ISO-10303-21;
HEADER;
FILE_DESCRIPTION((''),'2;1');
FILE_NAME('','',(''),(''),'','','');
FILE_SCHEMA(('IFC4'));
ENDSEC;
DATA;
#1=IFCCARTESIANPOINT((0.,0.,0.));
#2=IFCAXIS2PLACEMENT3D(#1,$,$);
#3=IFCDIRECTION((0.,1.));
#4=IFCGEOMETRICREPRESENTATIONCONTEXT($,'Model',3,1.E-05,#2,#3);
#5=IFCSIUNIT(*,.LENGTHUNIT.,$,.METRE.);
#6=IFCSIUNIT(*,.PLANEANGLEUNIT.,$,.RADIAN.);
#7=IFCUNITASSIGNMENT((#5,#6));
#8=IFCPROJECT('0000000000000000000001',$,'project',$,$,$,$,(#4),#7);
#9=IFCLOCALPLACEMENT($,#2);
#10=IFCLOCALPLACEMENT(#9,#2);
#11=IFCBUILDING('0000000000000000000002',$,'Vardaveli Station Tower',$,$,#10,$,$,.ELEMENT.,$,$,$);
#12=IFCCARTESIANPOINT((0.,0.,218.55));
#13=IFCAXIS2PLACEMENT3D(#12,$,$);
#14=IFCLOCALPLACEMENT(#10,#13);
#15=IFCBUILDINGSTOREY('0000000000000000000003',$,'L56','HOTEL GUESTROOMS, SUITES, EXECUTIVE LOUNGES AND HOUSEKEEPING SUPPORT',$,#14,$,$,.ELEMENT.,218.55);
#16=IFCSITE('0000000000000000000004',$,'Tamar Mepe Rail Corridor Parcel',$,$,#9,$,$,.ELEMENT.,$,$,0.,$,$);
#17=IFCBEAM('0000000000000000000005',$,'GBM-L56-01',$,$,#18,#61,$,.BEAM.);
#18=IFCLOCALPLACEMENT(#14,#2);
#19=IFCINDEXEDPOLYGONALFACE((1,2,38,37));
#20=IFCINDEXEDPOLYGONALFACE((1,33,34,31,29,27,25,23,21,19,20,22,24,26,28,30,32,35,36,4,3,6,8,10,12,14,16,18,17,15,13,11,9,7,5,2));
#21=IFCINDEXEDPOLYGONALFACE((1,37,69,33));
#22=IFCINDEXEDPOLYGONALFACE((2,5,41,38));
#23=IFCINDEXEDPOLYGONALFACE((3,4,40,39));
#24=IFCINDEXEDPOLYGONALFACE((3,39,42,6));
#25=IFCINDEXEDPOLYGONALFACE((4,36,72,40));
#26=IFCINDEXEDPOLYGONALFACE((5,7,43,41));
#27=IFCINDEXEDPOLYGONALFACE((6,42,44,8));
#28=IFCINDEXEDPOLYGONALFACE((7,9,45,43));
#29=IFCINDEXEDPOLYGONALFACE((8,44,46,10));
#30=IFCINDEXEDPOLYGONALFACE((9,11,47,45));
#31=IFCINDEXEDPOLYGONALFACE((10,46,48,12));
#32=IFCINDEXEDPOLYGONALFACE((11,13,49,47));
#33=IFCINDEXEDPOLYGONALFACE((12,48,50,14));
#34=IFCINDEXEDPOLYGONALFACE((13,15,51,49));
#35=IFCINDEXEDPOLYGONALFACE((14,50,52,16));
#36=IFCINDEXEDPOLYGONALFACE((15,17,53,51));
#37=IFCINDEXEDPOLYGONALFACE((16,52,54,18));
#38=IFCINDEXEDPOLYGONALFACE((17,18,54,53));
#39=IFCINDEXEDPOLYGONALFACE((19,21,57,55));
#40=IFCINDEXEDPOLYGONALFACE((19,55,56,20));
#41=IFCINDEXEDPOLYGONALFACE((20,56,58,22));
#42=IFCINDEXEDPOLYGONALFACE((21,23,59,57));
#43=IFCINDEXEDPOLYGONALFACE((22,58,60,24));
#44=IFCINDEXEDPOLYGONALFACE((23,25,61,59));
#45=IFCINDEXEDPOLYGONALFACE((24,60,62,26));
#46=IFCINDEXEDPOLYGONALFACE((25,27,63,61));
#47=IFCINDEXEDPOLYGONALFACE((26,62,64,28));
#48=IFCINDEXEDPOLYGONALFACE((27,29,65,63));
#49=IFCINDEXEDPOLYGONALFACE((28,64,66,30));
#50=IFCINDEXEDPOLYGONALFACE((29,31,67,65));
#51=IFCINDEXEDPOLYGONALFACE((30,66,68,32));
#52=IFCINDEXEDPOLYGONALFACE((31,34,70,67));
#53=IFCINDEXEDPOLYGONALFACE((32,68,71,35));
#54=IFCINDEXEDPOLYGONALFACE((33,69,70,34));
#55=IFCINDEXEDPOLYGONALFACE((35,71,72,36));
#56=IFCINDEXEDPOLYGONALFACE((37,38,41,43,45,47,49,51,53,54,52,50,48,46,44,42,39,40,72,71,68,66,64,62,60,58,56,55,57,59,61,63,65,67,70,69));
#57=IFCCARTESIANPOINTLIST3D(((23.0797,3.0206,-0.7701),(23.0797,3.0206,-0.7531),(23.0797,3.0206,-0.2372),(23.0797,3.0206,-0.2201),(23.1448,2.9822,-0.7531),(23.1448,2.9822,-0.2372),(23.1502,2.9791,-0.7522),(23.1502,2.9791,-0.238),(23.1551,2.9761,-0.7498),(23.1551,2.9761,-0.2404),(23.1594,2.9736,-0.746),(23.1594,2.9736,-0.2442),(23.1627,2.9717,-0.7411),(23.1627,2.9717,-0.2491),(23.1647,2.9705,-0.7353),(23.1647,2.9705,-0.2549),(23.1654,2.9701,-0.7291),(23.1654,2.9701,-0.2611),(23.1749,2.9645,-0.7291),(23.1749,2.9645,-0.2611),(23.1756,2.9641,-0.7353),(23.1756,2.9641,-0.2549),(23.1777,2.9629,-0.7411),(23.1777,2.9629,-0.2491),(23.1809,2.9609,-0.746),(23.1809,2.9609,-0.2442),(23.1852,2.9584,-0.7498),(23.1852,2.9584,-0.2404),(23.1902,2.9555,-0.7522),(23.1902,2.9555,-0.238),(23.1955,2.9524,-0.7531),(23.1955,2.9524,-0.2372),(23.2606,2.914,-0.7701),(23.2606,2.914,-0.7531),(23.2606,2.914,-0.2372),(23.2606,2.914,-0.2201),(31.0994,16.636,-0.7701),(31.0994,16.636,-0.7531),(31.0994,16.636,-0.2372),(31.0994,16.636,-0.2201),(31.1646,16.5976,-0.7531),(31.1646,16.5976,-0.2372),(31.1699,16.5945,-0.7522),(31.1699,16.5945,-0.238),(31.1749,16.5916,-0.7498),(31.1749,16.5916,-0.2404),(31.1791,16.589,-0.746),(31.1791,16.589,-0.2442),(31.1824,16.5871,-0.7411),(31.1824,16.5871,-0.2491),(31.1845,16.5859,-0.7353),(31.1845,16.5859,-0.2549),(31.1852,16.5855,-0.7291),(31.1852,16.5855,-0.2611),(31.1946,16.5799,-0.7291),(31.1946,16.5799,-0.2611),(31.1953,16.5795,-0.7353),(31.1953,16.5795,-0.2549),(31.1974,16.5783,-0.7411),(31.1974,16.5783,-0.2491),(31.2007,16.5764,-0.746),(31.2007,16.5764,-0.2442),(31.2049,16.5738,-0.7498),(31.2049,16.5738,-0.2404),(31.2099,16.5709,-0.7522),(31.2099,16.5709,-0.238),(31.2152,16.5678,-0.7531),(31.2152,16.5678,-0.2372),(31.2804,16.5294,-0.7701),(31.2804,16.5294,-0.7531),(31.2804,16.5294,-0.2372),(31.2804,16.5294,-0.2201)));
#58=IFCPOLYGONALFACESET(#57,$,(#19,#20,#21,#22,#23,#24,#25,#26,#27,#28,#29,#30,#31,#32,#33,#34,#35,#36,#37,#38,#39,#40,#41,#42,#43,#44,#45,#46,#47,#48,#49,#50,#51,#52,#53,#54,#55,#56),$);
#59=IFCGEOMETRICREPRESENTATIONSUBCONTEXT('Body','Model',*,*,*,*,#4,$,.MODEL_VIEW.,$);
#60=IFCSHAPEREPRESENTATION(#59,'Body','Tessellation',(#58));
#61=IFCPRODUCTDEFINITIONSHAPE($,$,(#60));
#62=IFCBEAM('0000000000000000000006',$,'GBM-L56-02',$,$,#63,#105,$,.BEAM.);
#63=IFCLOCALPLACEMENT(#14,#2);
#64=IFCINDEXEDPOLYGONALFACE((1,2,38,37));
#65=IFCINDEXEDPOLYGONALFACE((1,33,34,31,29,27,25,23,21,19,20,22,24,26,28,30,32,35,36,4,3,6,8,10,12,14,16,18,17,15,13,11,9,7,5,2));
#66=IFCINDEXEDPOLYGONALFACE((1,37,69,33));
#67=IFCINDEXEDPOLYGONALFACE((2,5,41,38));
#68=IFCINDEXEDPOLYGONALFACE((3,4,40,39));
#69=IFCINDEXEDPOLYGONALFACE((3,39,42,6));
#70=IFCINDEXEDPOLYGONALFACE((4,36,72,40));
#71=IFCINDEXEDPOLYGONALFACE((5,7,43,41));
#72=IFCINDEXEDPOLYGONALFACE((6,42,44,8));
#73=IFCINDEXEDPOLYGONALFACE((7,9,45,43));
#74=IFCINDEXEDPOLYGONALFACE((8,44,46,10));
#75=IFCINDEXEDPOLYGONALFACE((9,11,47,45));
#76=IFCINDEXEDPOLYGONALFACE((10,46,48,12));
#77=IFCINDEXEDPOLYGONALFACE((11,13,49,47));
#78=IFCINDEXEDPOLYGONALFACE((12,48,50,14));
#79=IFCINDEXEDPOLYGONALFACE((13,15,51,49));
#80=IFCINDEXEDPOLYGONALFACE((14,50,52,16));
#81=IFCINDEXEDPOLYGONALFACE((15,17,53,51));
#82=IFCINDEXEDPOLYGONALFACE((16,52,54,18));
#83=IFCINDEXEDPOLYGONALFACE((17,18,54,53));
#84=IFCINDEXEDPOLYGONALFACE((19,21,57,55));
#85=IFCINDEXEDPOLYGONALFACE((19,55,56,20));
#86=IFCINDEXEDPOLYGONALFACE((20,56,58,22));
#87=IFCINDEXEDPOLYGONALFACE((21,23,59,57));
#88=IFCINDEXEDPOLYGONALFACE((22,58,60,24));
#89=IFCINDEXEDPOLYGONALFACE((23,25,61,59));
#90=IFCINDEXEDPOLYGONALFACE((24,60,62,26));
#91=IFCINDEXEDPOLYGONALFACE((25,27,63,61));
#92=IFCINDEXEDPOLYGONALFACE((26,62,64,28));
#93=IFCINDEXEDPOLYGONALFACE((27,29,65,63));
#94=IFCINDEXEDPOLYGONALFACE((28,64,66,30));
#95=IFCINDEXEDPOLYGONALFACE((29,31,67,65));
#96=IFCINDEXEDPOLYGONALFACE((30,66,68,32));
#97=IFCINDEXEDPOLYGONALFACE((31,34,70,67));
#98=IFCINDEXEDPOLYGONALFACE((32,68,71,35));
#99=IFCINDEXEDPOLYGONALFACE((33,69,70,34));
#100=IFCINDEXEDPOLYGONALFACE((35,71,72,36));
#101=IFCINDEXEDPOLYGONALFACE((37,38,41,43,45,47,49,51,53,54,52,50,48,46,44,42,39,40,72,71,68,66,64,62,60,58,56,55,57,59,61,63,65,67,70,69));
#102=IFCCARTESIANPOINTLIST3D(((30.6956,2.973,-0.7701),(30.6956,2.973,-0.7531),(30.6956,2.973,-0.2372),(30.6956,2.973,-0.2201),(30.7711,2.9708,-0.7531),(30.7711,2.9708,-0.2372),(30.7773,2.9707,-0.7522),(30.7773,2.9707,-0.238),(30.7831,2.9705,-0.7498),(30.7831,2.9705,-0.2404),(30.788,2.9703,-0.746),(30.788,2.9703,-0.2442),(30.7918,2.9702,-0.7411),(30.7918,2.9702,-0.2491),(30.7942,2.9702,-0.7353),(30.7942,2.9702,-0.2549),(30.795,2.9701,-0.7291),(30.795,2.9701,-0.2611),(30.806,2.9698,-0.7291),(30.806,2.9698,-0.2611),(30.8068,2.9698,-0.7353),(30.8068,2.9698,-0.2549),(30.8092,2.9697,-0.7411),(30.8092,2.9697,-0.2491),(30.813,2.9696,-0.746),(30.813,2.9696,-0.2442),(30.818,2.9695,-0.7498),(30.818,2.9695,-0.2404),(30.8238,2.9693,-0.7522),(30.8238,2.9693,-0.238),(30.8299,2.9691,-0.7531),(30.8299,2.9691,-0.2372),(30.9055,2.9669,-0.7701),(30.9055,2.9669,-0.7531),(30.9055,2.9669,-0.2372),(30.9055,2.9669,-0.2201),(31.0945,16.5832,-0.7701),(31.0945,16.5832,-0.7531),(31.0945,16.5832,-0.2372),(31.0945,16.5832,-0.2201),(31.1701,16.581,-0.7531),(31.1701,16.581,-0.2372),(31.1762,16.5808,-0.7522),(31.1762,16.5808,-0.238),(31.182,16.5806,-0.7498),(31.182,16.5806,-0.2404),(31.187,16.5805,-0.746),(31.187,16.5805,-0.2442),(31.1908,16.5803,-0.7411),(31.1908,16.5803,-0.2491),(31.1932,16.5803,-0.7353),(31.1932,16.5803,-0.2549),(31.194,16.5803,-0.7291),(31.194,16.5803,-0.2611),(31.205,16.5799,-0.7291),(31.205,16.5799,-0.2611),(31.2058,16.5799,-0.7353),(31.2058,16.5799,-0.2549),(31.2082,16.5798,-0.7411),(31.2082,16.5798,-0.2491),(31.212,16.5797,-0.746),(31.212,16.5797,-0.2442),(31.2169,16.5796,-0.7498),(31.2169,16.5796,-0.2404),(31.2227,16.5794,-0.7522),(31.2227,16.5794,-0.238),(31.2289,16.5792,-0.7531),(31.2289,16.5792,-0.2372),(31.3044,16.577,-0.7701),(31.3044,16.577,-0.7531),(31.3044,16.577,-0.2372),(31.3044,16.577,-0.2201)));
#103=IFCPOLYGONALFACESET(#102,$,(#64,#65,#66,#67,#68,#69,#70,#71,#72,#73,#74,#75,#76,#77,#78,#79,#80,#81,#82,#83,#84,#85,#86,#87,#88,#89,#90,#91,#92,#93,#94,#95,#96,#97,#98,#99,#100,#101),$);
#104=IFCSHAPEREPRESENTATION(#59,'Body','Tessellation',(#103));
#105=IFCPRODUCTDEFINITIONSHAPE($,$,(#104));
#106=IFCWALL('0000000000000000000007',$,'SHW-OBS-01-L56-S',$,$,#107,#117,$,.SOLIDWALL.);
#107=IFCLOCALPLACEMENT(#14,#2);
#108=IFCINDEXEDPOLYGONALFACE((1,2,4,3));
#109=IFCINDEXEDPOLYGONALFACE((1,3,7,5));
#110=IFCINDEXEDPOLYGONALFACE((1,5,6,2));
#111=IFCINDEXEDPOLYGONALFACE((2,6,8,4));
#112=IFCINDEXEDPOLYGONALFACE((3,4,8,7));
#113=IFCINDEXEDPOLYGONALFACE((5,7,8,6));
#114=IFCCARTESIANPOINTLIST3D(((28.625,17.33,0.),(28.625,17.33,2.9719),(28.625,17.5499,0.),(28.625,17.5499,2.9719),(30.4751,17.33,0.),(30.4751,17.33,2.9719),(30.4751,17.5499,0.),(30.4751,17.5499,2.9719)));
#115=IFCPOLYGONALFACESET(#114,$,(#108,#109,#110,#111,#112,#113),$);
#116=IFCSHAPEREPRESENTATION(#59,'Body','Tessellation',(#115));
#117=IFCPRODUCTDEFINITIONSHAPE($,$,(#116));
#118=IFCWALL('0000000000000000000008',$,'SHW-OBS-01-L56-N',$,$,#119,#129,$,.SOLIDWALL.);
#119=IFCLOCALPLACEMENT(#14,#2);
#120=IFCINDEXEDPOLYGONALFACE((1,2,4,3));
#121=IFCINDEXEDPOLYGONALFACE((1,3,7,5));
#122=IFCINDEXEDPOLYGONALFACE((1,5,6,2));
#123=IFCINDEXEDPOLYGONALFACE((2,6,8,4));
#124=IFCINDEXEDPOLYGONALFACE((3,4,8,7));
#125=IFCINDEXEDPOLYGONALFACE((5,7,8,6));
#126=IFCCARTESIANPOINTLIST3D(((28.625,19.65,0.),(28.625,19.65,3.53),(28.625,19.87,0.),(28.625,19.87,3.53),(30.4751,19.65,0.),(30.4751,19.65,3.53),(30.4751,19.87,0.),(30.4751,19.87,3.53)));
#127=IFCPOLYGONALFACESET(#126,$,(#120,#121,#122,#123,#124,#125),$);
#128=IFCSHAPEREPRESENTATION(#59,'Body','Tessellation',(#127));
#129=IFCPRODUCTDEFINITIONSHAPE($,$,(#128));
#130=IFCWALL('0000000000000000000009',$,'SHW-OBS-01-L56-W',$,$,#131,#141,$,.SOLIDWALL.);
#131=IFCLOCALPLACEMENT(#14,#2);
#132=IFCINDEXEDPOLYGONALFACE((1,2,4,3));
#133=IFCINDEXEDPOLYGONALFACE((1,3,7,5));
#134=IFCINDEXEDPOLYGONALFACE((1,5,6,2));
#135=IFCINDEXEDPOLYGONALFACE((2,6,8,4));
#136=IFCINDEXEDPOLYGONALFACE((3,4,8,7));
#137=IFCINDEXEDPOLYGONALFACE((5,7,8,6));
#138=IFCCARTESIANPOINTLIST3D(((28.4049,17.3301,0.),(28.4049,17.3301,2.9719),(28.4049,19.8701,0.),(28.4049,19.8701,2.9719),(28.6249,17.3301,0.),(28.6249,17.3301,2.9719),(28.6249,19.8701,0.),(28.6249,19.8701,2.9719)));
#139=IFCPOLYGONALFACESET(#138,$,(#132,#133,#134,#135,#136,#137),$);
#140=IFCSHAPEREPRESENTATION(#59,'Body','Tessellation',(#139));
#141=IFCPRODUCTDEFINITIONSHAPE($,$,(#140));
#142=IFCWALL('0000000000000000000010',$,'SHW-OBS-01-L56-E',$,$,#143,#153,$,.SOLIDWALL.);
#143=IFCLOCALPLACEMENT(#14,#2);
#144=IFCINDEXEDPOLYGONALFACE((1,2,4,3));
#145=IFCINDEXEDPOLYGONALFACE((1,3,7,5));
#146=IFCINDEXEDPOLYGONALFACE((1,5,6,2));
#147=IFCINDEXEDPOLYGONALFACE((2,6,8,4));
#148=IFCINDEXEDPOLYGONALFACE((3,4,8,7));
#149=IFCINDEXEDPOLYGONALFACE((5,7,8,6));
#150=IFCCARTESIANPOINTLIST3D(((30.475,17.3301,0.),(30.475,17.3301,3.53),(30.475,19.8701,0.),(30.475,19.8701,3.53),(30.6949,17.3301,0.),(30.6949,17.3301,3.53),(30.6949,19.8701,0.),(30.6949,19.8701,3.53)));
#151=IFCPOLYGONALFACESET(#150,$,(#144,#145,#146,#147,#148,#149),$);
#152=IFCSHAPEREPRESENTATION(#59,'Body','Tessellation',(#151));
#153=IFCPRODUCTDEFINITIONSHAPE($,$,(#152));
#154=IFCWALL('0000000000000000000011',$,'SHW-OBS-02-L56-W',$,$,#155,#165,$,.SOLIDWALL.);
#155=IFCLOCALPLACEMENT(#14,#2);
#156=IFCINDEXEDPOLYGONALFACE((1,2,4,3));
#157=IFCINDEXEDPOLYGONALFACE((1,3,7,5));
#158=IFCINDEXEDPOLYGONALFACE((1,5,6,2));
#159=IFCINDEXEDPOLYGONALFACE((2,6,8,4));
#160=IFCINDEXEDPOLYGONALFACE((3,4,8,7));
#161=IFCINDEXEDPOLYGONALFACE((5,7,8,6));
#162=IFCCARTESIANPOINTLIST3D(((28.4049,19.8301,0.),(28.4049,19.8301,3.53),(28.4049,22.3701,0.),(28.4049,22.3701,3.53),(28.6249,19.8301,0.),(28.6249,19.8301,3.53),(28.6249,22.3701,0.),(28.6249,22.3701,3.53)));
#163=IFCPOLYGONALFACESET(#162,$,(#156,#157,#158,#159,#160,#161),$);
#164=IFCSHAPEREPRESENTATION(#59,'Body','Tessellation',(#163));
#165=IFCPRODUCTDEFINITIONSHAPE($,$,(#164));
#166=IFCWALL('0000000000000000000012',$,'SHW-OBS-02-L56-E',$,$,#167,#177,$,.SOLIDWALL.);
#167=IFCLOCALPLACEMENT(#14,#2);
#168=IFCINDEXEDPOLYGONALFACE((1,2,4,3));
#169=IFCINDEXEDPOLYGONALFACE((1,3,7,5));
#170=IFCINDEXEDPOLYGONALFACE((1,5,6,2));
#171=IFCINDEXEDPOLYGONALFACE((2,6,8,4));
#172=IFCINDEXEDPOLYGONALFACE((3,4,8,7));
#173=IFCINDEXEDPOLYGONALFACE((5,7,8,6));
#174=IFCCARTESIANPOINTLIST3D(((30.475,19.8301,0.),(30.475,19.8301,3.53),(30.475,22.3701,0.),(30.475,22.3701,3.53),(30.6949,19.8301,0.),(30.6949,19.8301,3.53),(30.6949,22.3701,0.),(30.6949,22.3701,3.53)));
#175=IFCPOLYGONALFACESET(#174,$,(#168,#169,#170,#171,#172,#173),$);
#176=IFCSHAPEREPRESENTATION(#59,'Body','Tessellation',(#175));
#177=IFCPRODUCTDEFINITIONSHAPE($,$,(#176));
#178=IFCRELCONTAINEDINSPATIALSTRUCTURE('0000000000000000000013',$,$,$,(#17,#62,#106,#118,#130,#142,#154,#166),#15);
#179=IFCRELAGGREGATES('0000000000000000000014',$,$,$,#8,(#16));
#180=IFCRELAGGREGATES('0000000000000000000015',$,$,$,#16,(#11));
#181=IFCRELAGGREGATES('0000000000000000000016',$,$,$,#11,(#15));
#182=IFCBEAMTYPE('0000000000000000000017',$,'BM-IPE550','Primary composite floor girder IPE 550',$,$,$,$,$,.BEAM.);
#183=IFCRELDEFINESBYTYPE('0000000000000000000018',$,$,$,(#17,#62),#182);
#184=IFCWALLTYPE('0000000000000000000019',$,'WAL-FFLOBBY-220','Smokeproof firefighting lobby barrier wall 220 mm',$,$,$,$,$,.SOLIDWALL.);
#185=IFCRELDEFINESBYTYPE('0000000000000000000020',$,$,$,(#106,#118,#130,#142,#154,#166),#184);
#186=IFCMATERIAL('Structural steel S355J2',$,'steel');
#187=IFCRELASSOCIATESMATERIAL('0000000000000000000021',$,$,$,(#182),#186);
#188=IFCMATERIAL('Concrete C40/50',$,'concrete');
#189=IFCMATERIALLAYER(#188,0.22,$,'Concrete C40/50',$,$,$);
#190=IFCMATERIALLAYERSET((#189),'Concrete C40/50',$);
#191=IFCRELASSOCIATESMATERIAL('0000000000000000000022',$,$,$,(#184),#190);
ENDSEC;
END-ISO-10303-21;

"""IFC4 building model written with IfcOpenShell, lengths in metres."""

from ifc_helpers import new_model, si_unit, direction, frame, frame_2d, origin, origin_2d, place, context, subcontext, project, spatial, rectangle, i_section, extrude, source, transform, mapped, material, layer, layer_set, material_profile, profile_set, type_object, element, save


model = new_model("IFC4")

# Units and contexts
model_context = context("Model", 3, precision=1e-05, world=origin(), true_north=direction((0.0, 1.0)))
body_context = subcontext(model_context, "Body", "Model", "MODEL_VIEW")
ifc_project = project(units=[si_unit("LENGTHUNIT", "METRE"), si_unit("PLANEANGLEUNIT", "RADIAN")], contexts=[model_context])

# Site, building, storey
site_placement = place(None, origin())
site = spatial("IfcSite", under=ifc_project, at=site_placement, Name="Tamar Mepe Rail Corridor Parcel", CompositionType="ELEMENT", RefElevation=0.0)
building_placement = place(site_placement, origin())
building = spatial("IfcBuilding", under=site, at=building_placement, Name="Vardaveli Station Tower", CompositionType="ELEMENT")
storey_placement = place(building_placement, frame((0.0, 0.0, 218.55)))
storey = spatial("IfcBuildingStorey", under=building, at=storey_placement, Name="L56", Description="HOTEL GUESTROOMS, SUITES, EXECUTIVE LOUNGES AND HOUSEKEEPING SUPPORT", CompositionType="ELEMENT", Elevation=218.55)

# Beams
ifc_material_1 = material(Name="Structural steel S355J2", Category="steel")
ifc_material_profile_1 = material_profile(ifc_material_1, i_section(OverallWidth=0.21, OverallDepth=0.55, WebThickness=0.011, FlangeThickness=0.0171, FilletRadius=0.0239, at=origin_2d()), Name="IPE 550")
ifc_profile_set_1 = profile_set([ifc_material_profile_1], Name="Structural steel S355J2")
beam_type_1 = type_object("IfcBeamType", Name="BM-IPE550", Description="Primary composite floor girder IPE 550", PredefinedType="BEAM", material=ifc_profile_set_1)
shared_shape_1 = source(origin(), body_context, "Body", "SweptSolid", [
    extrude(i_section(OverallWidth=0.21, OverallDepth=0.55, WebThickness=0.011, FlangeThickness=0.0171, FilletRadius=0.0239, at=origin_2d()), origin(), (0.0, 0.0, 1.0), 15.8018),
])
beam_1_placement = place(storey_placement, frame((23.1702, 2.9673, -0.4951), z_axis=(0.507522, 0.861639, 0.0), x_axis=(-0.861639, 0.507522, 0.0)))
element("IfcBeam", 1, at=beam_1_placement, inside=storey, type_object=beam_type_1, Name="GBM-L56-01", PredefinedType="BEAM", context=body_context, shape_type="MappedRepresentation", body=[
    mapped(shared_shape_1, transform((0.0, 0.0, 0.0), scale=1.0)),
])
shared_shape_2 = source(origin(), body_context, "Body", "SweptSolid", [
    extrude(i_section(OverallWidth=0.21, OverallDepth=0.55, WebThickness=0.011, FlangeThickness=0.0171, FilletRadius=0.0239, at=origin_2d()), origin(), (0.0, 0.0, 1.0), 13.616),
])
beam_2_placement = place(storey_placement, frame((30.8005, 2.97, -0.4951), z_axis=(0.029298, 0.999571, 0.0), x_axis=(-0.999571, 0.029298, 0.0)))
element("IfcBeam", 2, at=beam_2_placement, inside=storey, type_object=beam_type_1, Name="GBM-L56-02", PredefinedType="BEAM", context=body_context, shape_type="MappedRepresentation", body=[
    mapped(shared_shape_2, transform((0.0, 0.0, 0.0), scale=1.0)),
])

# Walls
ifc_material_2 = material(Name="Concrete C40/50", Category="concrete")
ifc_layer_1 = layer(ifc_material_2, 0.22, Name="Concrete C40/50")
ifc_layer_set_1 = layer_set([ifc_layer_1], Name="Concrete C40/50")
wall_type_1 = type_object("IfcWallType", Name="WAL-FFLOBBY-220", Description="Smokeproof firefighting lobby barrier wall 220 mm", PredefinedType="SOLIDWALL", material=ifc_layer_set_1)
shared_shape_3 = source(origin(), body_context, "Body", "SweptSolid", [
    extrude(rectangle(XDim=1.8501, YDim=0.22, at=frame_2d((0.925, 0.0))), origin(), (0.0, 0.0, 1.0), 2.9719),
])
wall_1_placement = place(storey_placement, frame((28.625, 17.4399, 0.0), z_axis=(0.0, 0.0, 1.0), x_axis=(1.0, 0.0, 0.0)))
element("IfcWall", 3, at=wall_1_placement, inside=storey, type_object=wall_type_1, Name="SHW-OBS-01-L56-S", PredefinedType="SOLIDWALL", context=body_context, shape_type="MappedRepresentation", body=[
    mapped(shared_shape_3, transform((0.0, 0.0, 0.0), scale=1.0)),
])
shared_shape_4 = source(origin(), body_context, "Body", "SweptSolid", [
    extrude(rectangle(XDim=1.8501, YDim=0.22, at=frame_2d((0.925, 0.0))), origin(), (0.0, 0.0, 1.0), 3.53),
])
wall_2_placement = place(storey_placement, frame((28.625, 19.76, 0.0), z_axis=(0.0, 0.0, 1.0), x_axis=(1.0, 0.0, 0.0)))
element("IfcWall", 4, at=wall_2_placement, inside=storey, type_object=wall_type_1, Name="SHW-OBS-01-L56-N", PredefinedType="SOLIDWALL", context=body_context, shape_type="MappedRepresentation", body=[
    mapped(shared_shape_4, transform((0.0, 0.0, 0.0), scale=1.0)),
])
shared_shape_5 = source(origin(), body_context, "Body", "SweptSolid", [
    extrude(rectangle(XDim=2.54, YDim=0.22, at=frame_2d((1.27, 0.0))), origin(), (0.0, 0.0, 1.0), 2.9719),
])
wall_3_placement = place(storey_placement, frame((28.5149, 17.3301, 0.0), z_axis=(0.0, 0.0, 1.0), x_axis=(0.0, 1.0, 0.0)))
element("IfcWall", 5, at=wall_3_placement, inside=storey, type_object=wall_type_1, Name="SHW-OBS-01-L56-W", PredefinedType="SOLIDWALL", context=body_context, shape_type="MappedRepresentation", body=[
    mapped(shared_shape_5, transform((0.0, 0.0, 0.0), scale=1.0)),
])
shared_shape_6 = source(origin(), body_context, "Body", "SweptSolid", [
    extrude(rectangle(XDim=2.54, YDim=0.22, at=frame_2d((1.27, 0.0))), origin(), (0.0, 0.0, 1.0), 3.53),
])
for number, where, z_axis, x_axis, name in (
    (6, (30.585, 17.3301, 0.0), (0.0, 0.0, 1.0), (0.0, 1.0, 0.0), "SHW-OBS-01-L56-E"),
    (7, (28.5149, 19.8301, 0.0), (0.0, 0.0, 1.0), (0.0, 1.0, 0.0), "SHW-OBS-02-L56-W"),
    (8, (30.585, 19.8301, 0.0), (0.0, 0.0, 1.0), (0.0, 1.0, 0.0), "SHW-OBS-02-L56-E"),
):
    element("IfcWall", number, at=place(storey_placement, frame(where, z_axis=z_axis, x_axis=x_axis)), inside=storey, type_object=wall_type_1, Name=name, PredefinedType="SOLIDWALL", context=body_context, shape_type="MappedRepresentation", body=[
        mapped(shared_shape_6, transform((0.0, 0.0, 0.0), scale=1.0)),
    ])

save(model, "model.ifc")
